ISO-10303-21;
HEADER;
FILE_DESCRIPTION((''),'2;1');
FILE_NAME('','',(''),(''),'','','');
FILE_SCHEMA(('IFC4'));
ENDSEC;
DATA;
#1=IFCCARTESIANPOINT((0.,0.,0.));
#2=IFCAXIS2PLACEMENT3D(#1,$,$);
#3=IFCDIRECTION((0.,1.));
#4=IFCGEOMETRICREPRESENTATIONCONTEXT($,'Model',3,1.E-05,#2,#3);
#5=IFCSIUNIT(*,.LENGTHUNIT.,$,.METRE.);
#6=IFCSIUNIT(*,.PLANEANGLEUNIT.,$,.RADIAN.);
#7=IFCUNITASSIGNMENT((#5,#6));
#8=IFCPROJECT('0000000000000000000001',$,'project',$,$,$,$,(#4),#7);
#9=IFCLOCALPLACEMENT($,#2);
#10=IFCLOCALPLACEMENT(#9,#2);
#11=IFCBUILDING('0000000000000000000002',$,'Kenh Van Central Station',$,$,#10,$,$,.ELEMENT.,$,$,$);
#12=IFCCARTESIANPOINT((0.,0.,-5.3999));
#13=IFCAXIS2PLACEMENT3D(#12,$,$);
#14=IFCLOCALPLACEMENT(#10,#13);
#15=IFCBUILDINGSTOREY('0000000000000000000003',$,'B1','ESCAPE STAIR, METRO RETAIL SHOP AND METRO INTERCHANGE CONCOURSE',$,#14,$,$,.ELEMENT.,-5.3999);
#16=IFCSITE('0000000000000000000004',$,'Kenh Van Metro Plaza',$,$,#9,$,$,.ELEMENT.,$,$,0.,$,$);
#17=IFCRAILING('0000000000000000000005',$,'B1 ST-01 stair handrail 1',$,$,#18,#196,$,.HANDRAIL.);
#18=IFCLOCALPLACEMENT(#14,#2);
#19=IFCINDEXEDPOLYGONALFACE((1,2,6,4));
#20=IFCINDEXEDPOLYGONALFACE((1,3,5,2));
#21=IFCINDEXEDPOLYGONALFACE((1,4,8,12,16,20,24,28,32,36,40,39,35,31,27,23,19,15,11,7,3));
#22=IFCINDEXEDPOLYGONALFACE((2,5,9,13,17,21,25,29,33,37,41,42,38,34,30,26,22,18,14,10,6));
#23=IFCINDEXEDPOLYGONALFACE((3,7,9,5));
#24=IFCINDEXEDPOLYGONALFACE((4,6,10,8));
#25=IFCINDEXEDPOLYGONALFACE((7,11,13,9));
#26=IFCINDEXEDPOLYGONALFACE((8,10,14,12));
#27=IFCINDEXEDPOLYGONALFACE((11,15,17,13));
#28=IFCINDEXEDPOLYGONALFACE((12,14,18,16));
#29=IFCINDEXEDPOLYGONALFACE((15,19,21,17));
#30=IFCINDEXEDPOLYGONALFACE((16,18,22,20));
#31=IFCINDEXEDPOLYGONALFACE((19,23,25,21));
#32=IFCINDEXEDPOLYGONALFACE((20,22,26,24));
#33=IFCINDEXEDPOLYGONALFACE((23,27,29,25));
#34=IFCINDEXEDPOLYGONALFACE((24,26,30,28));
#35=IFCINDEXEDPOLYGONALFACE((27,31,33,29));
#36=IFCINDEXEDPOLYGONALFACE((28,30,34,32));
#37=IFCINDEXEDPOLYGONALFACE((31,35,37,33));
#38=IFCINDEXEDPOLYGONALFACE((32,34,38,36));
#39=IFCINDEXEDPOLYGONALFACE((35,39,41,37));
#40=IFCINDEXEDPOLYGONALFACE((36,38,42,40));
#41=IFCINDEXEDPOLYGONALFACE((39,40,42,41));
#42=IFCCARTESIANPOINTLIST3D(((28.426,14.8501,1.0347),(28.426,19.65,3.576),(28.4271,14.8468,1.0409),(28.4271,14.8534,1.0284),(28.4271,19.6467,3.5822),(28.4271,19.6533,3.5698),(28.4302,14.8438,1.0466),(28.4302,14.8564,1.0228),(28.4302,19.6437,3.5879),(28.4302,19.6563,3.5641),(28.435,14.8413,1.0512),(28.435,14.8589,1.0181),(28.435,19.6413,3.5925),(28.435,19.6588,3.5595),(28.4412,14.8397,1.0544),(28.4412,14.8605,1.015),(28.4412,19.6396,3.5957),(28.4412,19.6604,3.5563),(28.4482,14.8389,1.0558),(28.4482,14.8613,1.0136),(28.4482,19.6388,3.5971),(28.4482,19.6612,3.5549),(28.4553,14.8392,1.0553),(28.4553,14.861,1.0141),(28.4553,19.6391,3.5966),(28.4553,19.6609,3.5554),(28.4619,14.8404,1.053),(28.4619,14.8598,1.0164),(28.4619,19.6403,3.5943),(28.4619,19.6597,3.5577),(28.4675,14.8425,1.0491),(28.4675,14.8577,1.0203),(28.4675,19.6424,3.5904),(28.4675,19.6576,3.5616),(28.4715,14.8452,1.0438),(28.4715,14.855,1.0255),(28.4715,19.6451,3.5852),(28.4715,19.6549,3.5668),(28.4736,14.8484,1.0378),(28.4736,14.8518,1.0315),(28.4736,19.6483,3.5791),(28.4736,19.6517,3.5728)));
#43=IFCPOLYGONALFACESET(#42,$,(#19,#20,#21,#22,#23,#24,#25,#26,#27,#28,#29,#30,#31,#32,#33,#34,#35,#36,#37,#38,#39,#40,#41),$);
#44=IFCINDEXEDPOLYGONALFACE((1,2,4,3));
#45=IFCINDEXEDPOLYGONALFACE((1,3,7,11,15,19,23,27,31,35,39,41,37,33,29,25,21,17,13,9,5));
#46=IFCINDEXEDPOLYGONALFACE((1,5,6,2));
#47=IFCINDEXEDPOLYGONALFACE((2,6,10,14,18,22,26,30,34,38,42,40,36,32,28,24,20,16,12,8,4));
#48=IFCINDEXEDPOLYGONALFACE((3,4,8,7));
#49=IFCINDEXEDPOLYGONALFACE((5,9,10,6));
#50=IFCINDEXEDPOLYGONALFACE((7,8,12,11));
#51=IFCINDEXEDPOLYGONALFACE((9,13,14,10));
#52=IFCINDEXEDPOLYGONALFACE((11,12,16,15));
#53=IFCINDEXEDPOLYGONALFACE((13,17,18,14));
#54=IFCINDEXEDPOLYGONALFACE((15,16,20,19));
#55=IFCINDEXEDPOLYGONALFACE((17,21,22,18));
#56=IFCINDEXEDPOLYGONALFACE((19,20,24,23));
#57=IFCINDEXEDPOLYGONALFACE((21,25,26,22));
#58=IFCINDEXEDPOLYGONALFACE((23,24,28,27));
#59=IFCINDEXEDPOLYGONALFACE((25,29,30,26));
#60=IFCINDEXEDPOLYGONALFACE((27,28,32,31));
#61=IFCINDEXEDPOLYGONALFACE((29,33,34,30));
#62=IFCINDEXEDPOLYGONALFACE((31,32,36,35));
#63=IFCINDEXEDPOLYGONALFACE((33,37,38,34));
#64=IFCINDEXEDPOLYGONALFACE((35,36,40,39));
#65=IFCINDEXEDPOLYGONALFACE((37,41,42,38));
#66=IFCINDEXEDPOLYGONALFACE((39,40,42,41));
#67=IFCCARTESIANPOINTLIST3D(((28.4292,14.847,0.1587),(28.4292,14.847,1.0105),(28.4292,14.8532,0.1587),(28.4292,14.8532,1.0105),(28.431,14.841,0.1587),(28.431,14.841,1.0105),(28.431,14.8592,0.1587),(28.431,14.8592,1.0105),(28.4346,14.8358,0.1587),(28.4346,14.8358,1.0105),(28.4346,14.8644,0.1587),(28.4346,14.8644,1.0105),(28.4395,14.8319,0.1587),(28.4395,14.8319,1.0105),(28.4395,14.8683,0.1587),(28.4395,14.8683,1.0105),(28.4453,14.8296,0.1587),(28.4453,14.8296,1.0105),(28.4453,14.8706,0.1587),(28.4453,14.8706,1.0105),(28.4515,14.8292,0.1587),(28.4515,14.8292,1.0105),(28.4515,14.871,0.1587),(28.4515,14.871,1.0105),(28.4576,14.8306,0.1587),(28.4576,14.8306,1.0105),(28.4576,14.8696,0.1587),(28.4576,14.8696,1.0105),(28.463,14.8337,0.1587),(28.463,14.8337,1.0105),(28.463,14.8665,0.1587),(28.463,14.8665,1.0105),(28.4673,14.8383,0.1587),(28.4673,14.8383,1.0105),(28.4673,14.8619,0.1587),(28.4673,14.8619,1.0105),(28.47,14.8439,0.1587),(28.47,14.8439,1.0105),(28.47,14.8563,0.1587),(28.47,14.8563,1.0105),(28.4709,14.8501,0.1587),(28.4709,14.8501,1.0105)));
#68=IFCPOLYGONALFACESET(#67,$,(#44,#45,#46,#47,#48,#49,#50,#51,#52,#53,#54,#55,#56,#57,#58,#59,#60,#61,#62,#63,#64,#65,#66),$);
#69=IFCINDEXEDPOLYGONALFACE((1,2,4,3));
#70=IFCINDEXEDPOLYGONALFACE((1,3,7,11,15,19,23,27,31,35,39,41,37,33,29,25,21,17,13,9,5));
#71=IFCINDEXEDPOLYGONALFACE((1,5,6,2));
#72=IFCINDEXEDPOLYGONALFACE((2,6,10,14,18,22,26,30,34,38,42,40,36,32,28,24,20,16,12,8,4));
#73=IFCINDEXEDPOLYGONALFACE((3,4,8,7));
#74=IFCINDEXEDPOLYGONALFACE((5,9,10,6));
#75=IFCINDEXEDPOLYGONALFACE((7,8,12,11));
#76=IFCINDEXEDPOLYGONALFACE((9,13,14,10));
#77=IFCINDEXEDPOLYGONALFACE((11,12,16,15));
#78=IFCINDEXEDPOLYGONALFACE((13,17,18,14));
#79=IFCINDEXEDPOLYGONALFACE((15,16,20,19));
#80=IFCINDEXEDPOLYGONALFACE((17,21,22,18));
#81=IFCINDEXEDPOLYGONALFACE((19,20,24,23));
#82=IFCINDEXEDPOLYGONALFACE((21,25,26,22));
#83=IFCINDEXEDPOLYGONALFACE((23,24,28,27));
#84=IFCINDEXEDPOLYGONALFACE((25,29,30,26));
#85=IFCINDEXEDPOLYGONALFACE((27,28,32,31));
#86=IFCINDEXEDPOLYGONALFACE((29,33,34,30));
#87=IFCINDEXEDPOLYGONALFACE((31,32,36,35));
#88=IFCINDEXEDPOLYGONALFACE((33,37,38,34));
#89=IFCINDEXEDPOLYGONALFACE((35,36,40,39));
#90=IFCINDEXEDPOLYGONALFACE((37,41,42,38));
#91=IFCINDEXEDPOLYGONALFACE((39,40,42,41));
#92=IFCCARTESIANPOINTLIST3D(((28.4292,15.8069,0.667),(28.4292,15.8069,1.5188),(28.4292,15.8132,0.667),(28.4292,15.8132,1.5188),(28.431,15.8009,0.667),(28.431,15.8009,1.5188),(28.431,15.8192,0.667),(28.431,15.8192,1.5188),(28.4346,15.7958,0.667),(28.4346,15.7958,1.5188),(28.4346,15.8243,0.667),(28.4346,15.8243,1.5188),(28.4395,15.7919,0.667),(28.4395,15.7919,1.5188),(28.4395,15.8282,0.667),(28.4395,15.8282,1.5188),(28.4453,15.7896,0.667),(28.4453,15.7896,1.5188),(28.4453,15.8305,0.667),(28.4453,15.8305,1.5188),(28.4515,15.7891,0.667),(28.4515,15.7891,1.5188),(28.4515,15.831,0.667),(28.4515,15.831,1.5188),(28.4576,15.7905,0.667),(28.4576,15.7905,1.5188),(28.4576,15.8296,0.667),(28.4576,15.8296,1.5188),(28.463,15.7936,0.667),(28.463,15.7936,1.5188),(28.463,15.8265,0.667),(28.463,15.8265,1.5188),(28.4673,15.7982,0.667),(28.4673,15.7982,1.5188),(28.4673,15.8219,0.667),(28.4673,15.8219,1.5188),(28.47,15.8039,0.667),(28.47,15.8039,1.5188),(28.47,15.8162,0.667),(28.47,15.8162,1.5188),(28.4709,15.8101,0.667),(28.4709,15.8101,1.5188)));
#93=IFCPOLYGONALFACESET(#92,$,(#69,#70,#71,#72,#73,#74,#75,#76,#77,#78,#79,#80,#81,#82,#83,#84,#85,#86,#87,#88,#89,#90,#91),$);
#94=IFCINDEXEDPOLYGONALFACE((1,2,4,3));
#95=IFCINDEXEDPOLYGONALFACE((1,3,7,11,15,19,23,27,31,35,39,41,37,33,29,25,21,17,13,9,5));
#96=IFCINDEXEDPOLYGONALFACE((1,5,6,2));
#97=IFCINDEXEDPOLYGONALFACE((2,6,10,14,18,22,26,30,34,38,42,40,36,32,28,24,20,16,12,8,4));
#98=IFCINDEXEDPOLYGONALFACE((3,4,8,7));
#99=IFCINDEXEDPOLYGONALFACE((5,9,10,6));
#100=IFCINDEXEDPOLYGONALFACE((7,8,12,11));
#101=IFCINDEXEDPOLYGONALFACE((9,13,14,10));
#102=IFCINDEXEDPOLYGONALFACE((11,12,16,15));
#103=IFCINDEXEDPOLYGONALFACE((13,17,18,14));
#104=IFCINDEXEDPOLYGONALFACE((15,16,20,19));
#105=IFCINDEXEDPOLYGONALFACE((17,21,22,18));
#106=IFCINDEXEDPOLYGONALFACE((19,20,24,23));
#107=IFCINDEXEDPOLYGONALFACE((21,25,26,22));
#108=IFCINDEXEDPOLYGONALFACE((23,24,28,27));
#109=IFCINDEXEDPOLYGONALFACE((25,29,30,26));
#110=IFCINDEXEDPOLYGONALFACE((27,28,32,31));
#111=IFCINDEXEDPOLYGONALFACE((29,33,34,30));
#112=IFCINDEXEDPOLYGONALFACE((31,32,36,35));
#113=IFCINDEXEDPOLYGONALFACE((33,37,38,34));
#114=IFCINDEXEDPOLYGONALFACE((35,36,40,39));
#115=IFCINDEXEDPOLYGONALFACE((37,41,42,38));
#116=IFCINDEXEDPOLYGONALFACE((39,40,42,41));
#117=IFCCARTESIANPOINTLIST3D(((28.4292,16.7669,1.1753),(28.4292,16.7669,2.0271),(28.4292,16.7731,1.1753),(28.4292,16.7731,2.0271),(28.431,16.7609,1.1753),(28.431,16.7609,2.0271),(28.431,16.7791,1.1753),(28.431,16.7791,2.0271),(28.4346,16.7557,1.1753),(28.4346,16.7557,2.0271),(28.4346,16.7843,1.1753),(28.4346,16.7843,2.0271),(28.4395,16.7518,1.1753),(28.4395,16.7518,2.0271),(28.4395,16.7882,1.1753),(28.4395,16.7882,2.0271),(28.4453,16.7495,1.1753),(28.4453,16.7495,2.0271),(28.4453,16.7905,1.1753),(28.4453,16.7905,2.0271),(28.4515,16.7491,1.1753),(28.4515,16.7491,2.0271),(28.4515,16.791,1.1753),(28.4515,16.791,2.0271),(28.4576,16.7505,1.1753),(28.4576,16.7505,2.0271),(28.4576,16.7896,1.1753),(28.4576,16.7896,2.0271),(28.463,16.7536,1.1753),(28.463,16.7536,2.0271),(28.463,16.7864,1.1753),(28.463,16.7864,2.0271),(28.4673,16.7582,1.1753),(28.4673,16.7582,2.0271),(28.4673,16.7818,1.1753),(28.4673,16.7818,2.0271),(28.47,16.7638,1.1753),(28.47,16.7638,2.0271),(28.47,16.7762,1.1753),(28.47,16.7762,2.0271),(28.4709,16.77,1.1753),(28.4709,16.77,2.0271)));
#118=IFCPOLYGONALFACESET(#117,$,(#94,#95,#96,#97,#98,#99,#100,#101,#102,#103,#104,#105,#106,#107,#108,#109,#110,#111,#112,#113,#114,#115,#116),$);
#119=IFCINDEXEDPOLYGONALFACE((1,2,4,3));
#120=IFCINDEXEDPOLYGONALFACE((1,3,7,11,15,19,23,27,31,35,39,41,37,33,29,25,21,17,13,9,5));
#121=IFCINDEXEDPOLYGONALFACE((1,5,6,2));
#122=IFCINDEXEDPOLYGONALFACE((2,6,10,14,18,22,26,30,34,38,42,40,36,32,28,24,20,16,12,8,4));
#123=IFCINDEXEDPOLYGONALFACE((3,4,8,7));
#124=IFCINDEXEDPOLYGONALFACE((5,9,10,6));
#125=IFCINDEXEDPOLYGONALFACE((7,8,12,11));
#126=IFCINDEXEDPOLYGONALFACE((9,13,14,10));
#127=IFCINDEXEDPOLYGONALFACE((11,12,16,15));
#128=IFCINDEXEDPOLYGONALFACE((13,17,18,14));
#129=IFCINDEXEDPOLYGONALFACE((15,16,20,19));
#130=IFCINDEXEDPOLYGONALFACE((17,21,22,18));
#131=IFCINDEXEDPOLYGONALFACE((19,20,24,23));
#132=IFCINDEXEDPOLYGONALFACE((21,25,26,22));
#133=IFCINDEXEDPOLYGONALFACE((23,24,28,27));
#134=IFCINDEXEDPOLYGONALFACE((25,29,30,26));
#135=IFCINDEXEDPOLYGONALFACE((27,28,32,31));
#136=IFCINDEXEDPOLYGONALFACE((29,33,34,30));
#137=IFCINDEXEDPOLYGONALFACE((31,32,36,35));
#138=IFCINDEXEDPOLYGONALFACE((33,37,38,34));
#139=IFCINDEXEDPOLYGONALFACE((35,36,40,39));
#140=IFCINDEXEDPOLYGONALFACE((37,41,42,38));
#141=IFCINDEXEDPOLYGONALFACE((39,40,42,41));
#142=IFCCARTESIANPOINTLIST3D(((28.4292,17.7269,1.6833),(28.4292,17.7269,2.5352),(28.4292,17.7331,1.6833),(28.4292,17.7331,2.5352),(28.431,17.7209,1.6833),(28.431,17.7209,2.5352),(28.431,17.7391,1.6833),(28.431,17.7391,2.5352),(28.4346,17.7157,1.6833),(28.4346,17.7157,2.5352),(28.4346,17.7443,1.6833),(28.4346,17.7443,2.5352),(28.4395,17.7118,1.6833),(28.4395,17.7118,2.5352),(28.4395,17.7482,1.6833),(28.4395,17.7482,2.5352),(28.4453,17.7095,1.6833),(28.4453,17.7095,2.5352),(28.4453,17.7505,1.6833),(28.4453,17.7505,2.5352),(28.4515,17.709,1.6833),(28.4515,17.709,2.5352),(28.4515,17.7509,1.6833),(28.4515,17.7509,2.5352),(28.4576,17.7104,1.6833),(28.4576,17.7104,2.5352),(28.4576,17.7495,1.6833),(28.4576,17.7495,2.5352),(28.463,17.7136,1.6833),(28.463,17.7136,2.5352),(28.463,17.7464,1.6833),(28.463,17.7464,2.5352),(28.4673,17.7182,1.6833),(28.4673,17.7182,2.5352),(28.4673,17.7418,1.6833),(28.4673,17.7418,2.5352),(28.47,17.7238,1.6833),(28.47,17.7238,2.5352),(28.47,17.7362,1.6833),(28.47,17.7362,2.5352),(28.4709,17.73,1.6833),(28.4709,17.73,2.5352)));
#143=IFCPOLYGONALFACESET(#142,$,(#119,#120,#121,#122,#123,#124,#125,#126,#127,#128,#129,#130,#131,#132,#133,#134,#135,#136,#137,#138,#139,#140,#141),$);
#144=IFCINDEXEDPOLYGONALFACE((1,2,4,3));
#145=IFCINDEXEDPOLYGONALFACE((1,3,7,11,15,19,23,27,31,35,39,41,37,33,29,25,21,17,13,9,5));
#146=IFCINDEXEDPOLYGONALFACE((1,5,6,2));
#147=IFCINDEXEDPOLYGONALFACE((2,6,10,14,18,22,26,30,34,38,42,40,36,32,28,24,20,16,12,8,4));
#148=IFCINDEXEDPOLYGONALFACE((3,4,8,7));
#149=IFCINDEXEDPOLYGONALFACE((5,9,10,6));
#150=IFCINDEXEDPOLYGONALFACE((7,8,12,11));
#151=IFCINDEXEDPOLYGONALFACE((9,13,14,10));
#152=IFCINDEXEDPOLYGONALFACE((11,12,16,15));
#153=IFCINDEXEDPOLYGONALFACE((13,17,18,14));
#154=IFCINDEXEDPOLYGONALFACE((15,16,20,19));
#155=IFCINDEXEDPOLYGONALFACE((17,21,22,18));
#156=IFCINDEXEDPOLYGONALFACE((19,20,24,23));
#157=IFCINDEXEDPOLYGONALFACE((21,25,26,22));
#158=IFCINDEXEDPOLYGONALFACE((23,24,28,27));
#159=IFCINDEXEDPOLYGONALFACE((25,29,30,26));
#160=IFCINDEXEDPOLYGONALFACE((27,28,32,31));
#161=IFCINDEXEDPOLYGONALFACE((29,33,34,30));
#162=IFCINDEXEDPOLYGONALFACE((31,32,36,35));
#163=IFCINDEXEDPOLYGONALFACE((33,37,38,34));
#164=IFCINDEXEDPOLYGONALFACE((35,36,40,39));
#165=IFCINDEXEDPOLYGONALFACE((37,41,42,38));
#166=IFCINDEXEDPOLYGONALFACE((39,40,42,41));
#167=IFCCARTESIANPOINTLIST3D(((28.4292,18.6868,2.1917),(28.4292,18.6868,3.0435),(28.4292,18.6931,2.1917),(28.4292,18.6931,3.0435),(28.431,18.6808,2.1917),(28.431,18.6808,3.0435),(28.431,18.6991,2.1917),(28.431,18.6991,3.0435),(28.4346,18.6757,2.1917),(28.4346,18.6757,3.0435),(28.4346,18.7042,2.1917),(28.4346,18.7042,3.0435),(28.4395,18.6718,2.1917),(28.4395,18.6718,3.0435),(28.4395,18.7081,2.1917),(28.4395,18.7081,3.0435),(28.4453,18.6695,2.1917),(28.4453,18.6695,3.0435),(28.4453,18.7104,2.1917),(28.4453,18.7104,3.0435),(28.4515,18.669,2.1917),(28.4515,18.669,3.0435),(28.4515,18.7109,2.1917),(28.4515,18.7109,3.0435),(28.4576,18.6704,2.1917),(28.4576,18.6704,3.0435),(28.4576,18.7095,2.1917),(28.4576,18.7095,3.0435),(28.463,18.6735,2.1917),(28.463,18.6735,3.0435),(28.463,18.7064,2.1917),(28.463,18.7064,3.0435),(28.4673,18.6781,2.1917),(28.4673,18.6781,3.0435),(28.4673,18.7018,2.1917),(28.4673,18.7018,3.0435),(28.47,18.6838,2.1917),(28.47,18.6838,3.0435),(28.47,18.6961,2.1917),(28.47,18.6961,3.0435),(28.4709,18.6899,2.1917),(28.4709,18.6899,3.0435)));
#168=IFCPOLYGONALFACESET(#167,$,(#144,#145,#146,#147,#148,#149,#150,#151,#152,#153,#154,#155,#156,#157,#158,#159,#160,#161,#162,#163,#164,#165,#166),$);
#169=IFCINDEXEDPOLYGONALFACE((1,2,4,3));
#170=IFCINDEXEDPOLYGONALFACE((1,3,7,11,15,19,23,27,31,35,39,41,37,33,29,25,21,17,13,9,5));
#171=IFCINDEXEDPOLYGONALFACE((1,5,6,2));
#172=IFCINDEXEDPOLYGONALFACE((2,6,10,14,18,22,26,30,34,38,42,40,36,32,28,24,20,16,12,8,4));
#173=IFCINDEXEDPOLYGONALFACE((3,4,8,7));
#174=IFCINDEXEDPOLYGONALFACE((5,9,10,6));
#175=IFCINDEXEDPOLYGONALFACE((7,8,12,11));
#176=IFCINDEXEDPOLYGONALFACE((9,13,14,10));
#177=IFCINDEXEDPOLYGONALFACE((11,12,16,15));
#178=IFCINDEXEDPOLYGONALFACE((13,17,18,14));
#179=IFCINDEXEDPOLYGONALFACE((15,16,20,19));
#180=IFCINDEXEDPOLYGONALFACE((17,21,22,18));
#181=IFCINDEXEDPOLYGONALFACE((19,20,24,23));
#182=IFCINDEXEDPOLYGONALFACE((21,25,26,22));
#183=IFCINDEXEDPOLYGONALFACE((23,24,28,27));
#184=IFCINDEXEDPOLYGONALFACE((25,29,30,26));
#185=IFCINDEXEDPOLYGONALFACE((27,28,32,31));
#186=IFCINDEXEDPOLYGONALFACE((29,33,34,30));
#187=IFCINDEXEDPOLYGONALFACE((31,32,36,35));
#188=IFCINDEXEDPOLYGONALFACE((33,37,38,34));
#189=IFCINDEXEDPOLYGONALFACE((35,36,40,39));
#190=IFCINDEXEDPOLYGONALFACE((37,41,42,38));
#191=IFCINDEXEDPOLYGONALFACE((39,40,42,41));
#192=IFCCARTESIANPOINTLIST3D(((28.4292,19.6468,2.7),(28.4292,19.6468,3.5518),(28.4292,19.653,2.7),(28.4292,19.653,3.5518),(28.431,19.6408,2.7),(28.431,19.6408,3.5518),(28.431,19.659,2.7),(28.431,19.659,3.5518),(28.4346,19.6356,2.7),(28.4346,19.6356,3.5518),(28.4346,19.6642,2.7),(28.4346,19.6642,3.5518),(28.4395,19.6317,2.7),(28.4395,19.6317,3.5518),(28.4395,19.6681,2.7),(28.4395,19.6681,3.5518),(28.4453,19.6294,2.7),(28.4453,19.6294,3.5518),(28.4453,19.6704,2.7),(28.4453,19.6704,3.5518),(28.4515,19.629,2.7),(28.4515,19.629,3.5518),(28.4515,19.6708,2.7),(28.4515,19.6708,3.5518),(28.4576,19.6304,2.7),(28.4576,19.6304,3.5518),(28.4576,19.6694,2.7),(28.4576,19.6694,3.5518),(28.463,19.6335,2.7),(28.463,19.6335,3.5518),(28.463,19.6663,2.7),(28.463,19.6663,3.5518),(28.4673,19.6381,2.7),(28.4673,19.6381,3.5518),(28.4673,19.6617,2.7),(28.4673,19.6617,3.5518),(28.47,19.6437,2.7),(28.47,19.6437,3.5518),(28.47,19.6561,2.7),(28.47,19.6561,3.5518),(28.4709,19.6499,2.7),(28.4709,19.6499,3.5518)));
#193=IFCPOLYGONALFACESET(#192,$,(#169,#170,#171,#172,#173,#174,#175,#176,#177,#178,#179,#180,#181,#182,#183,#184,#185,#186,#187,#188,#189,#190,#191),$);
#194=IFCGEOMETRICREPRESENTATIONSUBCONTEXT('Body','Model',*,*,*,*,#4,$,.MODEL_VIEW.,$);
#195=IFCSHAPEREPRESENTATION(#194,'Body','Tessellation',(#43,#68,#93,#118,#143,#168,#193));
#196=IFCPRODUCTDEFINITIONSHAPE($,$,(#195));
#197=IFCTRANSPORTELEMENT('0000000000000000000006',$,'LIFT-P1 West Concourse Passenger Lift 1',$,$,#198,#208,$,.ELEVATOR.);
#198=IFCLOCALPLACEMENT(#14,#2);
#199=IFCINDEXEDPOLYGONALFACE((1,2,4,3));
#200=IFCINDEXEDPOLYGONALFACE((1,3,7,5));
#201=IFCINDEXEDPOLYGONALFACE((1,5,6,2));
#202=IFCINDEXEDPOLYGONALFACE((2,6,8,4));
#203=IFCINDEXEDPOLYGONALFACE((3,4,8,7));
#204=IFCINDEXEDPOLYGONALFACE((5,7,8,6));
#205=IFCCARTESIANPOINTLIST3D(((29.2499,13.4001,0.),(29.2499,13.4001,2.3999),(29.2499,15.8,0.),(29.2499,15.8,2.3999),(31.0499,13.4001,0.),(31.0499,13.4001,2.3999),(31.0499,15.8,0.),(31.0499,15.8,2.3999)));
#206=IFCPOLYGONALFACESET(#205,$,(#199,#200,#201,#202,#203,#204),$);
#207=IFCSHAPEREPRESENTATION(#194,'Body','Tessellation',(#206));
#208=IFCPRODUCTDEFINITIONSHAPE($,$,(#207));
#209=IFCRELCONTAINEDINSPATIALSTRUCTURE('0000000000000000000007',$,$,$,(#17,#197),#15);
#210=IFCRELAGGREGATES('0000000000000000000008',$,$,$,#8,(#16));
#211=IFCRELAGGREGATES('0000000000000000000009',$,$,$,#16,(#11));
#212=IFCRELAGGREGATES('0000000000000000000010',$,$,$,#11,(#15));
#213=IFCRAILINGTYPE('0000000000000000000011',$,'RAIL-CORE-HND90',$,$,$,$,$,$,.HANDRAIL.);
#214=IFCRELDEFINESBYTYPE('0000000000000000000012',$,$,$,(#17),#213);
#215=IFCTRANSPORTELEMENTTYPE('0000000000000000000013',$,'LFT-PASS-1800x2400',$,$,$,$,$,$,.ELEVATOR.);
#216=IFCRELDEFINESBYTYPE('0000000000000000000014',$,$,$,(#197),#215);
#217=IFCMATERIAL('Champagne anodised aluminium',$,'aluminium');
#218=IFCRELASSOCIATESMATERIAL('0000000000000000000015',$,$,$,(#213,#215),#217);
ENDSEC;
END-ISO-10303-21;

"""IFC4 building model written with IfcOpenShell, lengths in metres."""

from ifc_helpers import new_model, si_unit, direction, frame, origin, origin_2d, place, context, subcontext, project, spatial, rectangle, circle, extrude, material, type_object, element, save


model = new_model("IFC4")

# Units and contexts
model_context = context("Model", 3, precision=1e-05, world=origin(), true_north=direction((0.0, 1.0)))
body_context = subcontext(model_context, "Body", "Model", "MODEL_VIEW")
ifc_project = project(units=[si_unit("LENGTHUNIT", "METRE"), si_unit("PLANEANGLEUNIT", "RADIAN")], contexts=[model_context])

# Site, building, storey
site_placement = place(None, origin())
site = spatial("IfcSite", under=ifc_project, at=site_placement, Name="Kenh Van Metro Plaza", CompositionType="ELEMENT", RefElevation=0.0)
building_placement = place(site_placement, origin())
building = spatial("IfcBuilding", under=site, at=building_placement, Name="Kenh Van Central Station", CompositionType="ELEMENT")
storey_placement = place(building_placement, frame((0.0, 0.0, -5.3999)))
storey = spatial("IfcBuildingStorey", under=building, at=storey_placement, Name="B1", Description="ESCAPE STAIR, METRO RETAIL SHOP AND METRO INTERCHANGE CONCOURSE", CompositionType="ELEMENT", Elevation=-5.3999)

# Shared definitions
ifc_material_1 = material(Name="Champagne anodised aluminium", Category="aluminium")

# Railing
railing_type_1 = type_object("IfcRailingType", Name="RAIL-CORE-HND90", PredefinedType="HANDRAIL", material=ifc_material_1)
railing_1_placement = place(storey_placement, frame((28.45, 14.8501, 0.1587)))
element("IfcRailing", 1, at=railing_1_placement, inside=storey, type_object=railing_type_1, Name="B1 ST-01 stair handrail 1", PredefinedType="HANDRAIL", context=body_context, shape_type="SweptSolid", body=[
    extrude(circle(Radius=0.0239, at=origin_2d()), frame((0.0, 0.0, 0.876), z_axis=(0.0, 0.883774, 0.467915), x_axis=(-1.0, 0.0, 0.0)), (0.0, 0.0, 1.0), 5.4312),
    extrude(circle(Radius=0.021, at=origin_2d()), origin(), (0.0, 0.0, 1.0), 0.8518),
    extrude(circle(Radius=0.021, at=origin_2d()), frame((0.0, 0.96, 0.5083)), (0.0, 0.0, 1.0), 0.8518),
    extrude(circle(Radius=0.021, at=origin_2d()), frame((0.0, 1.9199, 1.0166)), (0.0, 0.0, 1.0), 0.8518),
    extrude(circle(Radius=0.021, at=origin_2d()), frame((0.0, 2.8799, 1.5247)), (0.0, 0.0, 1.0), 0.8518),
    extrude(circle(Radius=0.021, at=origin_2d()), frame((0.0, 3.8398, 2.033)), (0.0, 0.0, 1.0), 0.8518),
    extrude(circle(Radius=0.021, at=origin_2d()), frame((0.0, 4.7998, 2.5413)), (0.0, 0.0, 1.0), 0.8518),
])

# Transport element
transport_element_type = type_object("IfcTransportElementType", Name="LFT-PASS-1800x2400", PredefinedType="ELEVATOR", material=ifc_material_1)
transport_element_placement = place(storey_placement, frame((30.1499, 14.6001, 0.0), z_axis=(0.0, 0.0, 1.0), x_axis=(1.0, 0.0, 0.0)))
element("IfcTransportElement", 2, at=transport_element_placement, inside=storey, type_object=transport_element_type, Name="LIFT-P1 West Concourse Passenger Lift 1", PredefinedType="ELEVATOR", context=body_context, shape_type="SweptSolid", body=[
    extrude(rectangle(XDim=1.8, YDim=2.3999, at=origin_2d()), origin(), (0.0, 0.0, 1.0), 2.3999),
])

save(model, "model.ifc")
